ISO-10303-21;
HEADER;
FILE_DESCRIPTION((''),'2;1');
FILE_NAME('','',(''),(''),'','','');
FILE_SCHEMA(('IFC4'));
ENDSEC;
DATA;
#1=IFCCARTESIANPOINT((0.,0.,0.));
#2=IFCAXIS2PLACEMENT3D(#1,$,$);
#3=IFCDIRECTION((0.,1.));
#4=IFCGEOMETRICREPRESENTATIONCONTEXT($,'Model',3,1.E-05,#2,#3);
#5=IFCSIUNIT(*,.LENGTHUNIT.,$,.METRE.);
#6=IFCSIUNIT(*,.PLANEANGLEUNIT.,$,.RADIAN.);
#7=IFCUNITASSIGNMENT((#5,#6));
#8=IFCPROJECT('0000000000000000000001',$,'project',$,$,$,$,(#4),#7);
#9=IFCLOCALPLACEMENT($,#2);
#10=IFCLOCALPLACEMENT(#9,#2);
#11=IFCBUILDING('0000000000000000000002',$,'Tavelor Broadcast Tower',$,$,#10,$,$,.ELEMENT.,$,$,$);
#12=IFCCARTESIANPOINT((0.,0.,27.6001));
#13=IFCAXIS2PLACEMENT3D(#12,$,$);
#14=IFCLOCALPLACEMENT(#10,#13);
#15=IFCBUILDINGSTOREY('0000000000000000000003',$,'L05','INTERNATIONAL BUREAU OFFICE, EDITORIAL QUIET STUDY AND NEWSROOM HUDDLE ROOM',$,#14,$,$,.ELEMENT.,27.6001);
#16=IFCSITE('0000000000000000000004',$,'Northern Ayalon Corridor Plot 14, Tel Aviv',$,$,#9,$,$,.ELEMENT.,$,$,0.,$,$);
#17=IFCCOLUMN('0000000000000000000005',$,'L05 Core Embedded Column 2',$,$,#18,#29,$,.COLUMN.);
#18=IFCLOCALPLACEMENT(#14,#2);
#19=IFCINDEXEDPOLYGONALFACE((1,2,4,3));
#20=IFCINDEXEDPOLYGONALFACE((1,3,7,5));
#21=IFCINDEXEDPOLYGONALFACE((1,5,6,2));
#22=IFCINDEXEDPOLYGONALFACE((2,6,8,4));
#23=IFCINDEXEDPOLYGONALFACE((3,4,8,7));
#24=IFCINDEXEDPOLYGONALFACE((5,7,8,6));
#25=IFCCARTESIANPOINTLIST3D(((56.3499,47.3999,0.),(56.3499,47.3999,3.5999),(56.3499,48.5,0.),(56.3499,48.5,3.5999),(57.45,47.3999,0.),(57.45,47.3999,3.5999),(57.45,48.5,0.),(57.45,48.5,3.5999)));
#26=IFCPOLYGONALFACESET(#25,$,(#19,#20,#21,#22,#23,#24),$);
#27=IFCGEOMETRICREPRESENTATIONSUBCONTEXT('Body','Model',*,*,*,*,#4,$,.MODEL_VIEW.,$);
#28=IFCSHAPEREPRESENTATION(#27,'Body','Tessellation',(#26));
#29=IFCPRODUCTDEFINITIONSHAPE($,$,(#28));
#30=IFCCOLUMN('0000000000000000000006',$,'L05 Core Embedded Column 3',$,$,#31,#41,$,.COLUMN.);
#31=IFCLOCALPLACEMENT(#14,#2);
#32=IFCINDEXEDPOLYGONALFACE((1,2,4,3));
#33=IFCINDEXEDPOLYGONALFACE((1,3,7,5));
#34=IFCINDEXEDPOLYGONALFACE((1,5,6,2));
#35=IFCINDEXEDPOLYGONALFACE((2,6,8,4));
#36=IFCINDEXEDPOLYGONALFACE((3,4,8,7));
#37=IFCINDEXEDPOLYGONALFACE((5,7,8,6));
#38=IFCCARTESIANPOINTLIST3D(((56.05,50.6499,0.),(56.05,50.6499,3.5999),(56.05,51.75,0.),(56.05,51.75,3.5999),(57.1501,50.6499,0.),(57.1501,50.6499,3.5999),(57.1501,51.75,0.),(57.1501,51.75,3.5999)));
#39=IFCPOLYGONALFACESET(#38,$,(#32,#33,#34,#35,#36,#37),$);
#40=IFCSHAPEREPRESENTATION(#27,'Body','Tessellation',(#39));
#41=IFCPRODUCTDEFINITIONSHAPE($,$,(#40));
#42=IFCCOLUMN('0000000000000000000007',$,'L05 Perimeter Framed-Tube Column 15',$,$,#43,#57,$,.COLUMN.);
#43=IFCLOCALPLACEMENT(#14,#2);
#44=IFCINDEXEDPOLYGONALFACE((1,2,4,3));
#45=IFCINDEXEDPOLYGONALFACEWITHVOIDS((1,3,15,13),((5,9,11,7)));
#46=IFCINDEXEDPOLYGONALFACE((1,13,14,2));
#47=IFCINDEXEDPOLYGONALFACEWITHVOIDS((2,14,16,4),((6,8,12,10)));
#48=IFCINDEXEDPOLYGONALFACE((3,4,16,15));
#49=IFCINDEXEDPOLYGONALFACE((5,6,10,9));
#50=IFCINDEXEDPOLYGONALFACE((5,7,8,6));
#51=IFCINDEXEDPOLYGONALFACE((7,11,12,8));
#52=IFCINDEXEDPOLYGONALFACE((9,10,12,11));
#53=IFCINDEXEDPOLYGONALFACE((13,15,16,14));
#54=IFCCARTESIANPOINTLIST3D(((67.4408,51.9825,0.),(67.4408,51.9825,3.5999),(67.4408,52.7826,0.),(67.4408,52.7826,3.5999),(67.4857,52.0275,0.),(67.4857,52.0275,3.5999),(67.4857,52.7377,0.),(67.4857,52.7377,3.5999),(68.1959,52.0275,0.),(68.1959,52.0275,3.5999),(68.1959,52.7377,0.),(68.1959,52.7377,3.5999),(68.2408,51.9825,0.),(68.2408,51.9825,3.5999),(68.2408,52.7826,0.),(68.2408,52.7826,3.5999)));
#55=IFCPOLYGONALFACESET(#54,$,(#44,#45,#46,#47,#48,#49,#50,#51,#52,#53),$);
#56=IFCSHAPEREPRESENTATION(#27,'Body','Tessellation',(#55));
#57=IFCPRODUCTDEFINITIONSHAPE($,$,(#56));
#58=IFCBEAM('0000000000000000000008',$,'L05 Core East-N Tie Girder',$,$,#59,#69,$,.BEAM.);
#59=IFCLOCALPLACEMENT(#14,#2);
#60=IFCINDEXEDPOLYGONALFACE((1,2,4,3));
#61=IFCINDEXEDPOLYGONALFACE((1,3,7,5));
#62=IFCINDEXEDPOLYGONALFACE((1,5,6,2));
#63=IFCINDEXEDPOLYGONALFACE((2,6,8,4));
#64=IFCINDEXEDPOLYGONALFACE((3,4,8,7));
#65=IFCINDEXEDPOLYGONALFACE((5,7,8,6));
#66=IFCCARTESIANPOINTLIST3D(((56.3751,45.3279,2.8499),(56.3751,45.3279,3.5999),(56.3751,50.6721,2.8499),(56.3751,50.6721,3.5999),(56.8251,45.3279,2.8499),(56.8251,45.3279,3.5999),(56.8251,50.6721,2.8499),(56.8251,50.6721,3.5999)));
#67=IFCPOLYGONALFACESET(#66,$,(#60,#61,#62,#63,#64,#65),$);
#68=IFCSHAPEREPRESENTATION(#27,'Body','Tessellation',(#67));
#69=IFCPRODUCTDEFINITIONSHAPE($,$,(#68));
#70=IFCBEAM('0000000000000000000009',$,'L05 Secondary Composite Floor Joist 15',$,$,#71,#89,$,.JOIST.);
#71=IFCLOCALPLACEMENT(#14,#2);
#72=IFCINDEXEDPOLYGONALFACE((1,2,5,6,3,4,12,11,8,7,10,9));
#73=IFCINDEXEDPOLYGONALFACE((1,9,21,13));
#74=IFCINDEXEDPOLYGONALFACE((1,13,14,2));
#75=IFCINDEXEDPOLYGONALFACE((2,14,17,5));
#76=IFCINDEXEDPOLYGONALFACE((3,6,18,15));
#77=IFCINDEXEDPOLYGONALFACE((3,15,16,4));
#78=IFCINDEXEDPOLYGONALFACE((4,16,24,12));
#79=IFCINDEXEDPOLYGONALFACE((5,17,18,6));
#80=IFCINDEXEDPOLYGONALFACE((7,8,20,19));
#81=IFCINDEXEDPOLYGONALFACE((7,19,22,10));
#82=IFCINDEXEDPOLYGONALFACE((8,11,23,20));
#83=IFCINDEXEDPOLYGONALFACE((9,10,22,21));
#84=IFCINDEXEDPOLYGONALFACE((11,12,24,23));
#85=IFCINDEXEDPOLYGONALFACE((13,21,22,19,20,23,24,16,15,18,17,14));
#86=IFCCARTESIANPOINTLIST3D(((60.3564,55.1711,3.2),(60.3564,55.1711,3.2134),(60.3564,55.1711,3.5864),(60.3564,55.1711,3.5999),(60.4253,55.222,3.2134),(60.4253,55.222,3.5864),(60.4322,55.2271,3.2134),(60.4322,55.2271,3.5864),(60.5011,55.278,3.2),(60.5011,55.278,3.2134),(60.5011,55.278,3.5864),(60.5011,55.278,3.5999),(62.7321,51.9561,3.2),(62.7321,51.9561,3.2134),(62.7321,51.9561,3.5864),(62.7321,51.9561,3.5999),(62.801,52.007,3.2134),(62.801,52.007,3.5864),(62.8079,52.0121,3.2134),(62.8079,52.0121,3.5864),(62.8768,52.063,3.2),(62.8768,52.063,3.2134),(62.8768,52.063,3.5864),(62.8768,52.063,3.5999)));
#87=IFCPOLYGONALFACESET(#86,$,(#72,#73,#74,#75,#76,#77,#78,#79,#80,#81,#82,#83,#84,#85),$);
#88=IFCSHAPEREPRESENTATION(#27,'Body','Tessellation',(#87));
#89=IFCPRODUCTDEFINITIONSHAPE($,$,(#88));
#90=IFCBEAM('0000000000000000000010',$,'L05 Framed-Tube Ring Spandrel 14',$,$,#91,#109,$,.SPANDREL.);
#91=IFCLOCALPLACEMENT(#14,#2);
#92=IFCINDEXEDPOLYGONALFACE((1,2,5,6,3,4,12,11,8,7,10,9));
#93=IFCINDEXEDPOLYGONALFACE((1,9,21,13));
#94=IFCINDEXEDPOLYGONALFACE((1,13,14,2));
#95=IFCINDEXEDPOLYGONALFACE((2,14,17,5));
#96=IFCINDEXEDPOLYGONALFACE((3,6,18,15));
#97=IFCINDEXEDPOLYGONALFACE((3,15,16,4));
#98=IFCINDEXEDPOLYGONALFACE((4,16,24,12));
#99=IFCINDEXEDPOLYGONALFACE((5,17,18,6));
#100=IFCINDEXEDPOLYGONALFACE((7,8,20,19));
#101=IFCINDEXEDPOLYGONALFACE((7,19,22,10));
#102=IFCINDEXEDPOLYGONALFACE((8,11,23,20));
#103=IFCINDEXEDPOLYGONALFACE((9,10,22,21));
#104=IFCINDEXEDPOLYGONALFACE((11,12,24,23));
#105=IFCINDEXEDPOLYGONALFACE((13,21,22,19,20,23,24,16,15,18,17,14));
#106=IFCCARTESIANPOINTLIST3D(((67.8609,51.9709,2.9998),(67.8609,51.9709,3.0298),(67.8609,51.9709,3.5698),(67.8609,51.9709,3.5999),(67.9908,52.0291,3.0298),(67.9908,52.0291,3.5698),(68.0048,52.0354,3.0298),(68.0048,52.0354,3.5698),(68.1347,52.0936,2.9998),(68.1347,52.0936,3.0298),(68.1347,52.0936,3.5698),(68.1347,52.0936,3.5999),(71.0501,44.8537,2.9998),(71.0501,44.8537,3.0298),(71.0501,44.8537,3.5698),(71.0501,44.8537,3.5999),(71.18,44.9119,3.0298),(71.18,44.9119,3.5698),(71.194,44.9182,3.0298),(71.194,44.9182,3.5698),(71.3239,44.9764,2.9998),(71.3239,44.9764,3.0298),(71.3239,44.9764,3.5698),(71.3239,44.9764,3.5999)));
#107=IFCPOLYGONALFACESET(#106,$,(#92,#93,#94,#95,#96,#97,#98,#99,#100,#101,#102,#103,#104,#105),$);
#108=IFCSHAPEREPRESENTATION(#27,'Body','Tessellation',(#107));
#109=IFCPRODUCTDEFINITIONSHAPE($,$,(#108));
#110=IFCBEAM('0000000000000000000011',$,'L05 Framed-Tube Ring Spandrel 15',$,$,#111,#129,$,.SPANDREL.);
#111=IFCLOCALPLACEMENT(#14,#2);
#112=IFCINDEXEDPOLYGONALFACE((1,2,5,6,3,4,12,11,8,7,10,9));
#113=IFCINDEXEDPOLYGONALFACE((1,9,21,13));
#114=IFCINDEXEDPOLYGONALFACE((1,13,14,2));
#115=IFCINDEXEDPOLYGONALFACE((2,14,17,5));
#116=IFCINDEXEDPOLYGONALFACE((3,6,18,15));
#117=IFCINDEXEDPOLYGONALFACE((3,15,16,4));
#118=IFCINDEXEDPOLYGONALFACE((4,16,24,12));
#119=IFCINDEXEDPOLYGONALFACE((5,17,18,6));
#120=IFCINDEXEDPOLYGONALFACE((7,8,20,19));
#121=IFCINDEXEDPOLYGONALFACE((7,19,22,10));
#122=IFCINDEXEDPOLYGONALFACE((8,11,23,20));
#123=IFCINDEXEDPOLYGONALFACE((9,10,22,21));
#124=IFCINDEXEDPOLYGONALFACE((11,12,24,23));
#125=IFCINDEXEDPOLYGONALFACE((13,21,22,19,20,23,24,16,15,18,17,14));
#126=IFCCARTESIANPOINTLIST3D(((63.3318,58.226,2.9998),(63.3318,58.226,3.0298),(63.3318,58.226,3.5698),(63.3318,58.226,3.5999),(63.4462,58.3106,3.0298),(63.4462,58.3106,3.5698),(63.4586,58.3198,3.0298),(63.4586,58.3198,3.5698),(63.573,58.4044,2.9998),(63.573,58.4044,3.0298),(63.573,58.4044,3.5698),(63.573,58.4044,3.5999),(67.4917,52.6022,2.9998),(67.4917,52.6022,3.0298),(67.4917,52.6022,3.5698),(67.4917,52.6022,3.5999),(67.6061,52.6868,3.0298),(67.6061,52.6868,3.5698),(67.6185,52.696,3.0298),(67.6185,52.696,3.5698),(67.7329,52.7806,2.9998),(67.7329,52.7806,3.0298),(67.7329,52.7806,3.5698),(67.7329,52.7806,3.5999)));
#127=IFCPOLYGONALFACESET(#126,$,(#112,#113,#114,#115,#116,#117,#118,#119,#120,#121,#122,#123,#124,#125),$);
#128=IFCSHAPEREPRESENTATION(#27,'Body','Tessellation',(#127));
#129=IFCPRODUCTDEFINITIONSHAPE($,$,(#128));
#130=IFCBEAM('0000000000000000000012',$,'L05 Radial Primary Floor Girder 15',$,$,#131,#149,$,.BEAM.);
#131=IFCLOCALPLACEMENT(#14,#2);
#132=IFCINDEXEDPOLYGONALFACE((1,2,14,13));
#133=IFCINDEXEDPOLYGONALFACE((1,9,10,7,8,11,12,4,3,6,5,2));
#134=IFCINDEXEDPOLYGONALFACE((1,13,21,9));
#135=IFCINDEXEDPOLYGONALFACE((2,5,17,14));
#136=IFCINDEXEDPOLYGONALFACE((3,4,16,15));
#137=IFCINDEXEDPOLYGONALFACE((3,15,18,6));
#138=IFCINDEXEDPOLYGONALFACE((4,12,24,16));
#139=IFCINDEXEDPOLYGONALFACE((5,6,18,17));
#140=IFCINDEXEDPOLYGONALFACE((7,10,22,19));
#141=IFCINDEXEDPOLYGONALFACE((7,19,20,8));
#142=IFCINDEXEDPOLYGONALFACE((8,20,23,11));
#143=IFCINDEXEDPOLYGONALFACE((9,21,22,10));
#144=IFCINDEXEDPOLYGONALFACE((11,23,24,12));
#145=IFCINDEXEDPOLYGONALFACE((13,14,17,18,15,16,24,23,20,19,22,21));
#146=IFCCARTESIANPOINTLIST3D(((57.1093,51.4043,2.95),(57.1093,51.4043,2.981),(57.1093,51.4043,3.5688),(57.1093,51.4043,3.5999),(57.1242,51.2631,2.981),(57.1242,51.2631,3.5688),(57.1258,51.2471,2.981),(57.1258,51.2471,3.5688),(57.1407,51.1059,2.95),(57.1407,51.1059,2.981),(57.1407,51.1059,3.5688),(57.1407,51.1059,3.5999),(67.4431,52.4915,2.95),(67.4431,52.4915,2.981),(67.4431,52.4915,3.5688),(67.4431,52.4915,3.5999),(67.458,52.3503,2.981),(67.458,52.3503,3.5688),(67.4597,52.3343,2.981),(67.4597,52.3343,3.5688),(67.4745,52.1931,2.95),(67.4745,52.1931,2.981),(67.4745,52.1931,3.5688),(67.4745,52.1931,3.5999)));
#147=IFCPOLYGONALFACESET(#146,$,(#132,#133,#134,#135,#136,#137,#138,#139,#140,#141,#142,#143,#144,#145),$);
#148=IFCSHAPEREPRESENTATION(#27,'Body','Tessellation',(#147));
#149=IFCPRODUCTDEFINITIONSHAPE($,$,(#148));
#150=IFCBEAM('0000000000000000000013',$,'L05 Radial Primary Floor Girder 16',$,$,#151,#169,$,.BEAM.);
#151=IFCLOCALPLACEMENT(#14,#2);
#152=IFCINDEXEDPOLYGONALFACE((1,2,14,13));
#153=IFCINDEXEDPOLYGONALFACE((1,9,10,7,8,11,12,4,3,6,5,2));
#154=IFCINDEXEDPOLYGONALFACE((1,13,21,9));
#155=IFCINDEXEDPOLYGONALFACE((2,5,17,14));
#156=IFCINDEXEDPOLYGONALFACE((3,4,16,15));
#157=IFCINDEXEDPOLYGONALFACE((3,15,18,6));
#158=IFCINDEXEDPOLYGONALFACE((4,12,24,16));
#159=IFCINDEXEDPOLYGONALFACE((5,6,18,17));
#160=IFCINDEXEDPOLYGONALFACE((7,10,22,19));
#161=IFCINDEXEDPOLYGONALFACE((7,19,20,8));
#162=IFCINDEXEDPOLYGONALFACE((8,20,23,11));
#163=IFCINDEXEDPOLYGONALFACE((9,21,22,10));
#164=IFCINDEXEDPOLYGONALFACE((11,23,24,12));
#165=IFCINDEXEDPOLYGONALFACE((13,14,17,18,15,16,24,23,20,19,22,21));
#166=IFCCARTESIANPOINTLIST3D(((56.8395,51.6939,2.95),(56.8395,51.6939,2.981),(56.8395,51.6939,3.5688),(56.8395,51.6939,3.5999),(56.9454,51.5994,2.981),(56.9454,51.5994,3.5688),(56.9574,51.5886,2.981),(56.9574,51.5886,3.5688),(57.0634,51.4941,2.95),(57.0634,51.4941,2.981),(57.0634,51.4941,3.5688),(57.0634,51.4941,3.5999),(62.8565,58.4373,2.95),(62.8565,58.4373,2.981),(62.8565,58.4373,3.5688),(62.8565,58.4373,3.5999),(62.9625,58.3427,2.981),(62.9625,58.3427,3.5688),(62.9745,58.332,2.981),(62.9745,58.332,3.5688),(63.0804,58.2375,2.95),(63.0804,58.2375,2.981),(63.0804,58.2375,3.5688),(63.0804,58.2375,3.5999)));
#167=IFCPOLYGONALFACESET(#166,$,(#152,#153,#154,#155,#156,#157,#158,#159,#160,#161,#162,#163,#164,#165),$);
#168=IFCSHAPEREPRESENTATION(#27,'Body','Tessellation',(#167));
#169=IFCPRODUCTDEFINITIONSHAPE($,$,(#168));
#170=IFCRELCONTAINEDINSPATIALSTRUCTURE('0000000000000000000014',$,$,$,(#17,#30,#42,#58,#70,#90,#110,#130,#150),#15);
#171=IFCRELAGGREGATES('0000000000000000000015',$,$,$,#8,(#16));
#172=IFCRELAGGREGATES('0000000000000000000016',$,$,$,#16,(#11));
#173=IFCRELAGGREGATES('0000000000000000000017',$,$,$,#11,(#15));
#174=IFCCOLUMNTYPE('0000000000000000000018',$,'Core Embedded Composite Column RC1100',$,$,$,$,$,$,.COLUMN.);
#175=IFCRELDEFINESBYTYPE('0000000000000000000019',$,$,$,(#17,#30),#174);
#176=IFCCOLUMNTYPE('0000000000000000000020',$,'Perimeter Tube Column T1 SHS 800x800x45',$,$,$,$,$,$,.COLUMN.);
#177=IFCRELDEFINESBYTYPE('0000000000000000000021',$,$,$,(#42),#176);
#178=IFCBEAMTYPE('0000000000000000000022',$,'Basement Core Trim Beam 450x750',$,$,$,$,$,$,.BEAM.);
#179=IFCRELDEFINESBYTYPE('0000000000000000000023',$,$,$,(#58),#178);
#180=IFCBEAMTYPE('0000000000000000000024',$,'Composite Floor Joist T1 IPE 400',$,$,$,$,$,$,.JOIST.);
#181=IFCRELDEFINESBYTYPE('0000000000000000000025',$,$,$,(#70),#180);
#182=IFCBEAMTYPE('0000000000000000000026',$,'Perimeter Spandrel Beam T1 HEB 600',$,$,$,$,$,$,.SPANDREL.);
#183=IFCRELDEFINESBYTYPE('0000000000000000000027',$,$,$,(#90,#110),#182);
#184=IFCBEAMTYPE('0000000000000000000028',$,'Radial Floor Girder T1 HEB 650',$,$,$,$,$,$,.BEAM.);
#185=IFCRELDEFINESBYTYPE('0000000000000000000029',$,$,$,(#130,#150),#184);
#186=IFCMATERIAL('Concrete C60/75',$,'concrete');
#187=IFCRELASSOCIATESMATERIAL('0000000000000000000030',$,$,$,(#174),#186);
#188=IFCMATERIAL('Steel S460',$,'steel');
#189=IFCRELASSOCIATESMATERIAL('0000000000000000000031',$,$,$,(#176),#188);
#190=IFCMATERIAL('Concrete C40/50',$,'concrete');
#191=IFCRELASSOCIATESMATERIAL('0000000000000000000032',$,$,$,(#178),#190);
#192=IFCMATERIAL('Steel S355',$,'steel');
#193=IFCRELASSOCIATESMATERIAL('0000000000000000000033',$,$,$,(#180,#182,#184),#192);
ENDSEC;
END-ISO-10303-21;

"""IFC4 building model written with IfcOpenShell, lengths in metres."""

from ifc_helpers import new_model, si_unit, direction, frame, origin, origin_2d, place, context, subcontext, project, spatial, rectangle, hollow_rectangle, i_section, extrude, material, material_profile, profile_set, type_object, element, save


model = new_model("IFC4")

# Units and contexts
model_context = context("Model", 3, precision=1e-05, world=origin(), true_north=direction((0.0, 1.0)))
body_context = subcontext(model_context, "Body", "Model", "MODEL_VIEW")
ifc_project = project(units=[si_unit("LENGTHUNIT", "METRE"), si_unit("PLANEANGLEUNIT", "RADIAN")], contexts=[model_context])

# Site, building, storey
site_placement = place(None, origin())
site = spatial("IfcSite", under=ifc_project, at=site_placement, Name="Northern Ayalon Corridor Plot 14, Tel Aviv", CompositionType="ELEMENT", RefElevation=0.0)
building_placement = place(site_placement, origin())
building = spatial("IfcBuilding", under=site, at=building_placement, Name="Tavelor Broadcast Tower", CompositionType="ELEMENT")
storey_placement = place(building_placement, frame((0.0, 0.0, 27.6001)))
storey = spatial("IfcBuildingStorey", under=building, at=storey_placement, Name="L05", Description="INTERNATIONAL BUREAU OFFICE, EDITORIAL QUIET STUDY AND NEWSROOM HUDDLE ROOM", CompositionType="ELEMENT", Elevation=27.6001)

# Columns
ifc_material_1 = material(Name="Concrete C60/75", Category="concrete")
ifc_material_profile_1 = material_profile(ifc_material_1, rectangle(XDim=1.1001, YDim=1.1001, at=origin_2d()), Name="RC 1100x1100")
ifc_profile_set_1 = profile_set([ifc_material_profile_1], Name="Concrete C60/75")
column_type_1 = type_object("IfcColumnType", Name="Core Embedded Composite Column RC1100", PredefinedType="COLUMN", material=ifc_profile_set_1)
for number, where, z_axis, x_axis, name in (
    (1, (56.8999, 47.95, 0.0), (0.0, 0.0, 1.0), (1.0, 0.0, 0.0), "L05 Core Embedded Column 2"),
    (2, (56.6001, 51.2, 0.0), (0.0, 0.0, 1.0), (1.0, 0.0, 0.0), "L05 Core Embedded Column 3"),
):
    element("IfcColumn", number, at=place(storey_placement, frame(where, z_axis=z_axis, x_axis=x_axis)), inside=storey, type_object=column_type_1, Name=name, PredefinedType="COLUMN", context=body_context, shape_type="SweptSolid", body=[
        extrude(rectangle(XDim=1.1001, YDim=1.1001, at=origin_2d()), origin(), (0.0, 0.0, 1.0), 3.5999),
    ])
ifc_material_2 = material(Name="Steel S460", Category="steel")
ifc_material_profile_2 = material_profile(ifc_material_2, hollow_rectangle(XDim=0.8, YDim=0.8, WallThickness=0.0449, at=origin_2d()), Name="SHS 800x800x45")
ifc_profile_set_2 = profile_set([ifc_material_profile_2], Name="Steel S460")
column_type_2 = type_object("IfcColumnType", Name="Perimeter Tube Column T1 SHS 800x800x45", PredefinedType="COLUMN", material=ifc_profile_set_2)
column_placement = place(storey_placement, frame((67.8408, 52.3826, 0.0), z_axis=(0.0, 0.0, 1.0), x_axis=(1.0, 0.0, 0.0)))
element("IfcColumn", 3, at=column_placement, inside=storey, type_object=column_type_2, Name="L05 Perimeter Framed-Tube Column 15", PredefinedType="COLUMN", context=body_context, shape_type="SweptSolid", body=[
    extrude(hollow_rectangle(XDim=0.8, YDim=0.8, WallThickness=0.0449, at=origin_2d()), origin(), (0.0, 0.0, 1.0), 3.5999),
])

# Beams
ifc_material_3 = material(Name="Concrete C40/50", Category="concrete")
ifc_material_profile_3 = material_profile(ifc_material_3, rectangle(XDim=0.45, YDim=0.75, at=origin_2d()), Name="RC 450x750")
ifc_profile_set_3 = profile_set([ifc_material_profile_3], Name="Concrete C40/50")
beam_type_1 = type_object("IfcBeamType", Name="Basement Core Trim Beam 450x750", PredefinedType="BEAM", material=ifc_profile_set_3)
beam_1_placement = place(storey_placement, frame((56.6001, 45.3279, 3.2249), z_axis=(0.0, 1.0, 0.0), x_axis=(-1.0, 0.0, 0.0)))
element("IfcBeam", 4, at=beam_1_placement, inside=storey, type_object=beam_type_1, Name="L05 Core East-N Tie Girder", PredefinedType="BEAM", context=body_context, shape_type="SweptSolid", body=[
    extrude(rectangle(XDim=0.45, YDim=0.75, at=origin_2d()), origin(), (0.0, 0.0, 1.0), 5.3442),
])
ifc_material_4 = material(Name="Steel S355", Category="steel")
ifc_material_profile_4 = material_profile(ifc_material_4, i_section(OverallWidth=0.1799, OverallDepth=0.3999, WebThickness=0.0085, FlangeThickness=0.0134, at=origin_2d()), Name="IPE 400")
ifc_profile_set_4 = profile_set([ifc_material_profile_4], Name="Steel S355")
beam_type_2 = type_object("IfcBeamType", Name="Composite Floor Joist T1 IPE 400", PredefinedType="JOIST", material=ifc_profile_set_4)
beam_2_placement = place(storey_placement, frame((62.8044, 52.0095, 3.3999), z_axis=(-0.594288, 0.804252, 0.0), x_axis=(-0.804252, -0.594288, 0.0)))
element("IfcBeam", 5, at=beam_2_placement, inside=storey, type_object=beam_type_2, Name="L05 Secondary Composite Floor Joist 15", PredefinedType="JOIST", context=body_context, shape_type="SweptSolid", body=[
    extrude(i_section(OverallWidth=0.1799, OverallDepth=0.3999, WebThickness=0.0085, FlangeThickness=0.0134, at=origin_2d()), origin(), (0.0, 0.0, 1.0), 3.9976),
])
ifc_material_profile_5 = material_profile(ifc_material_4, i_section(OverallWidth=0.3, OverallDepth=0.6001, WebThickness=0.0154, FlangeThickness=0.03, at=origin_2d()), Name="HEB 600")
ifc_profile_set_5 = profile_set([ifc_material_profile_5], Name="Steel S355")
beam_type_3 = type_object("IfcBeamType", Name="Perimeter Spandrel Beam T1 HEB 600", PredefinedType="SPANDREL", material=ifc_profile_set_5)
beam_3_placement = place(storey_placement, frame((71.187, 44.915, 3.2998), z_axis=(-0.408922, 0.912569, 0.0), x_axis=(-0.912569, -0.408922, 0.0)))
element("IfcBeam", 6, at=beam_3_placement, inside=storey, type_object=beam_type_3, Name="L05 Framed-Tube Ring Spandrel 14", PredefinedType="SPANDREL", context=body_context, shape_type="SweptSolid", body=[
    extrude(i_section(OverallWidth=0.3, OverallDepth=0.6001, WebThickness=0.0154, FlangeThickness=0.03, at=origin_2d()), origin(), (0.0, 0.0, 1.0), 7.7991),
])
beam_4_placement = place(storey_placement, frame((67.6123, 52.6914, 3.2998), z_axis=(-0.594687, 0.803957, 0.0), x_axis=(-0.803957, -0.594687, 0.0)))
element("IfcBeam", 7, at=beam_4_placement, inside=storey, type_object=beam_type_3, Name="L05 Framed-Tube Ring Spandrel 15", PredefinedType="SPANDREL", context=body_context, shape_type="SweptSolid", body=[
    extrude(i_section(OverallWidth=0.3, OverallDepth=0.6001, WebThickness=0.0154, FlangeThickness=0.03, at=origin_2d()), origin(), (0.0, 0.0, 1.0), 6.9951),
])
ifc_material_profile_6 = material_profile(ifc_material_4, i_section(OverallWidth=0.3, OverallDepth=0.6499, WebThickness=0.0161, FlangeThickness=0.031, at=origin_2d()), Name="HEB 650")
ifc_profile_set_6 = profile_set([ifc_material_profile_6], Name="Steel S355")
beam_type_4 = type_object("IfcBeamType", Name="Radial Floor Girder T1 HEB 650", PredefinedType="BEAM", material=ifc_profile_set_6)
beam_5_placement = place(storey_placement, frame((57.125, 51.2551, 3.2749), z_axis=(0.994512, 0.104627, 0.0), x_axis=(-0.104627, 0.994512, 0.0)))
element("IfcBeam", 8, at=beam_5_placement, inside=storey, type_object=beam_type_4, Name="L05 Radial Primary Floor Girder 15", PredefinedType="BEAM", context=body_context, shape_type="SweptSolid", body=[
    extrude(i_section(OverallWidth=0.3, OverallDepth=0.6499, WebThickness=0.0161, FlangeThickness=0.031, at=origin_2d()), origin(), (0.0, 0.0, 1.0), 10.3909),
])
beam_6_placement = place(storey_placement, frame((56.9514, 51.594, 3.2749), z_axis=(0.665781, 0.746147, 0.0), x_axis=(-0.746147, 0.665781, 0.0)))
element("IfcBeam", 9, at=beam_6_placement, inside=storey, type_object=beam_type_4, Name="L05 Radial Primary Floor Girder 16", PredefinedType="BEAM", context=body_context, shape_type="SweptSolid", body=[
    extrude(i_section(OverallWidth=0.3, OverallDepth=0.6499, WebThickness=0.0161, FlangeThickness=0.031, at=origin_2d()), origin(), (0.0, 0.0, 1.0), 9.0376),
])

save(model, "model.ifc")
